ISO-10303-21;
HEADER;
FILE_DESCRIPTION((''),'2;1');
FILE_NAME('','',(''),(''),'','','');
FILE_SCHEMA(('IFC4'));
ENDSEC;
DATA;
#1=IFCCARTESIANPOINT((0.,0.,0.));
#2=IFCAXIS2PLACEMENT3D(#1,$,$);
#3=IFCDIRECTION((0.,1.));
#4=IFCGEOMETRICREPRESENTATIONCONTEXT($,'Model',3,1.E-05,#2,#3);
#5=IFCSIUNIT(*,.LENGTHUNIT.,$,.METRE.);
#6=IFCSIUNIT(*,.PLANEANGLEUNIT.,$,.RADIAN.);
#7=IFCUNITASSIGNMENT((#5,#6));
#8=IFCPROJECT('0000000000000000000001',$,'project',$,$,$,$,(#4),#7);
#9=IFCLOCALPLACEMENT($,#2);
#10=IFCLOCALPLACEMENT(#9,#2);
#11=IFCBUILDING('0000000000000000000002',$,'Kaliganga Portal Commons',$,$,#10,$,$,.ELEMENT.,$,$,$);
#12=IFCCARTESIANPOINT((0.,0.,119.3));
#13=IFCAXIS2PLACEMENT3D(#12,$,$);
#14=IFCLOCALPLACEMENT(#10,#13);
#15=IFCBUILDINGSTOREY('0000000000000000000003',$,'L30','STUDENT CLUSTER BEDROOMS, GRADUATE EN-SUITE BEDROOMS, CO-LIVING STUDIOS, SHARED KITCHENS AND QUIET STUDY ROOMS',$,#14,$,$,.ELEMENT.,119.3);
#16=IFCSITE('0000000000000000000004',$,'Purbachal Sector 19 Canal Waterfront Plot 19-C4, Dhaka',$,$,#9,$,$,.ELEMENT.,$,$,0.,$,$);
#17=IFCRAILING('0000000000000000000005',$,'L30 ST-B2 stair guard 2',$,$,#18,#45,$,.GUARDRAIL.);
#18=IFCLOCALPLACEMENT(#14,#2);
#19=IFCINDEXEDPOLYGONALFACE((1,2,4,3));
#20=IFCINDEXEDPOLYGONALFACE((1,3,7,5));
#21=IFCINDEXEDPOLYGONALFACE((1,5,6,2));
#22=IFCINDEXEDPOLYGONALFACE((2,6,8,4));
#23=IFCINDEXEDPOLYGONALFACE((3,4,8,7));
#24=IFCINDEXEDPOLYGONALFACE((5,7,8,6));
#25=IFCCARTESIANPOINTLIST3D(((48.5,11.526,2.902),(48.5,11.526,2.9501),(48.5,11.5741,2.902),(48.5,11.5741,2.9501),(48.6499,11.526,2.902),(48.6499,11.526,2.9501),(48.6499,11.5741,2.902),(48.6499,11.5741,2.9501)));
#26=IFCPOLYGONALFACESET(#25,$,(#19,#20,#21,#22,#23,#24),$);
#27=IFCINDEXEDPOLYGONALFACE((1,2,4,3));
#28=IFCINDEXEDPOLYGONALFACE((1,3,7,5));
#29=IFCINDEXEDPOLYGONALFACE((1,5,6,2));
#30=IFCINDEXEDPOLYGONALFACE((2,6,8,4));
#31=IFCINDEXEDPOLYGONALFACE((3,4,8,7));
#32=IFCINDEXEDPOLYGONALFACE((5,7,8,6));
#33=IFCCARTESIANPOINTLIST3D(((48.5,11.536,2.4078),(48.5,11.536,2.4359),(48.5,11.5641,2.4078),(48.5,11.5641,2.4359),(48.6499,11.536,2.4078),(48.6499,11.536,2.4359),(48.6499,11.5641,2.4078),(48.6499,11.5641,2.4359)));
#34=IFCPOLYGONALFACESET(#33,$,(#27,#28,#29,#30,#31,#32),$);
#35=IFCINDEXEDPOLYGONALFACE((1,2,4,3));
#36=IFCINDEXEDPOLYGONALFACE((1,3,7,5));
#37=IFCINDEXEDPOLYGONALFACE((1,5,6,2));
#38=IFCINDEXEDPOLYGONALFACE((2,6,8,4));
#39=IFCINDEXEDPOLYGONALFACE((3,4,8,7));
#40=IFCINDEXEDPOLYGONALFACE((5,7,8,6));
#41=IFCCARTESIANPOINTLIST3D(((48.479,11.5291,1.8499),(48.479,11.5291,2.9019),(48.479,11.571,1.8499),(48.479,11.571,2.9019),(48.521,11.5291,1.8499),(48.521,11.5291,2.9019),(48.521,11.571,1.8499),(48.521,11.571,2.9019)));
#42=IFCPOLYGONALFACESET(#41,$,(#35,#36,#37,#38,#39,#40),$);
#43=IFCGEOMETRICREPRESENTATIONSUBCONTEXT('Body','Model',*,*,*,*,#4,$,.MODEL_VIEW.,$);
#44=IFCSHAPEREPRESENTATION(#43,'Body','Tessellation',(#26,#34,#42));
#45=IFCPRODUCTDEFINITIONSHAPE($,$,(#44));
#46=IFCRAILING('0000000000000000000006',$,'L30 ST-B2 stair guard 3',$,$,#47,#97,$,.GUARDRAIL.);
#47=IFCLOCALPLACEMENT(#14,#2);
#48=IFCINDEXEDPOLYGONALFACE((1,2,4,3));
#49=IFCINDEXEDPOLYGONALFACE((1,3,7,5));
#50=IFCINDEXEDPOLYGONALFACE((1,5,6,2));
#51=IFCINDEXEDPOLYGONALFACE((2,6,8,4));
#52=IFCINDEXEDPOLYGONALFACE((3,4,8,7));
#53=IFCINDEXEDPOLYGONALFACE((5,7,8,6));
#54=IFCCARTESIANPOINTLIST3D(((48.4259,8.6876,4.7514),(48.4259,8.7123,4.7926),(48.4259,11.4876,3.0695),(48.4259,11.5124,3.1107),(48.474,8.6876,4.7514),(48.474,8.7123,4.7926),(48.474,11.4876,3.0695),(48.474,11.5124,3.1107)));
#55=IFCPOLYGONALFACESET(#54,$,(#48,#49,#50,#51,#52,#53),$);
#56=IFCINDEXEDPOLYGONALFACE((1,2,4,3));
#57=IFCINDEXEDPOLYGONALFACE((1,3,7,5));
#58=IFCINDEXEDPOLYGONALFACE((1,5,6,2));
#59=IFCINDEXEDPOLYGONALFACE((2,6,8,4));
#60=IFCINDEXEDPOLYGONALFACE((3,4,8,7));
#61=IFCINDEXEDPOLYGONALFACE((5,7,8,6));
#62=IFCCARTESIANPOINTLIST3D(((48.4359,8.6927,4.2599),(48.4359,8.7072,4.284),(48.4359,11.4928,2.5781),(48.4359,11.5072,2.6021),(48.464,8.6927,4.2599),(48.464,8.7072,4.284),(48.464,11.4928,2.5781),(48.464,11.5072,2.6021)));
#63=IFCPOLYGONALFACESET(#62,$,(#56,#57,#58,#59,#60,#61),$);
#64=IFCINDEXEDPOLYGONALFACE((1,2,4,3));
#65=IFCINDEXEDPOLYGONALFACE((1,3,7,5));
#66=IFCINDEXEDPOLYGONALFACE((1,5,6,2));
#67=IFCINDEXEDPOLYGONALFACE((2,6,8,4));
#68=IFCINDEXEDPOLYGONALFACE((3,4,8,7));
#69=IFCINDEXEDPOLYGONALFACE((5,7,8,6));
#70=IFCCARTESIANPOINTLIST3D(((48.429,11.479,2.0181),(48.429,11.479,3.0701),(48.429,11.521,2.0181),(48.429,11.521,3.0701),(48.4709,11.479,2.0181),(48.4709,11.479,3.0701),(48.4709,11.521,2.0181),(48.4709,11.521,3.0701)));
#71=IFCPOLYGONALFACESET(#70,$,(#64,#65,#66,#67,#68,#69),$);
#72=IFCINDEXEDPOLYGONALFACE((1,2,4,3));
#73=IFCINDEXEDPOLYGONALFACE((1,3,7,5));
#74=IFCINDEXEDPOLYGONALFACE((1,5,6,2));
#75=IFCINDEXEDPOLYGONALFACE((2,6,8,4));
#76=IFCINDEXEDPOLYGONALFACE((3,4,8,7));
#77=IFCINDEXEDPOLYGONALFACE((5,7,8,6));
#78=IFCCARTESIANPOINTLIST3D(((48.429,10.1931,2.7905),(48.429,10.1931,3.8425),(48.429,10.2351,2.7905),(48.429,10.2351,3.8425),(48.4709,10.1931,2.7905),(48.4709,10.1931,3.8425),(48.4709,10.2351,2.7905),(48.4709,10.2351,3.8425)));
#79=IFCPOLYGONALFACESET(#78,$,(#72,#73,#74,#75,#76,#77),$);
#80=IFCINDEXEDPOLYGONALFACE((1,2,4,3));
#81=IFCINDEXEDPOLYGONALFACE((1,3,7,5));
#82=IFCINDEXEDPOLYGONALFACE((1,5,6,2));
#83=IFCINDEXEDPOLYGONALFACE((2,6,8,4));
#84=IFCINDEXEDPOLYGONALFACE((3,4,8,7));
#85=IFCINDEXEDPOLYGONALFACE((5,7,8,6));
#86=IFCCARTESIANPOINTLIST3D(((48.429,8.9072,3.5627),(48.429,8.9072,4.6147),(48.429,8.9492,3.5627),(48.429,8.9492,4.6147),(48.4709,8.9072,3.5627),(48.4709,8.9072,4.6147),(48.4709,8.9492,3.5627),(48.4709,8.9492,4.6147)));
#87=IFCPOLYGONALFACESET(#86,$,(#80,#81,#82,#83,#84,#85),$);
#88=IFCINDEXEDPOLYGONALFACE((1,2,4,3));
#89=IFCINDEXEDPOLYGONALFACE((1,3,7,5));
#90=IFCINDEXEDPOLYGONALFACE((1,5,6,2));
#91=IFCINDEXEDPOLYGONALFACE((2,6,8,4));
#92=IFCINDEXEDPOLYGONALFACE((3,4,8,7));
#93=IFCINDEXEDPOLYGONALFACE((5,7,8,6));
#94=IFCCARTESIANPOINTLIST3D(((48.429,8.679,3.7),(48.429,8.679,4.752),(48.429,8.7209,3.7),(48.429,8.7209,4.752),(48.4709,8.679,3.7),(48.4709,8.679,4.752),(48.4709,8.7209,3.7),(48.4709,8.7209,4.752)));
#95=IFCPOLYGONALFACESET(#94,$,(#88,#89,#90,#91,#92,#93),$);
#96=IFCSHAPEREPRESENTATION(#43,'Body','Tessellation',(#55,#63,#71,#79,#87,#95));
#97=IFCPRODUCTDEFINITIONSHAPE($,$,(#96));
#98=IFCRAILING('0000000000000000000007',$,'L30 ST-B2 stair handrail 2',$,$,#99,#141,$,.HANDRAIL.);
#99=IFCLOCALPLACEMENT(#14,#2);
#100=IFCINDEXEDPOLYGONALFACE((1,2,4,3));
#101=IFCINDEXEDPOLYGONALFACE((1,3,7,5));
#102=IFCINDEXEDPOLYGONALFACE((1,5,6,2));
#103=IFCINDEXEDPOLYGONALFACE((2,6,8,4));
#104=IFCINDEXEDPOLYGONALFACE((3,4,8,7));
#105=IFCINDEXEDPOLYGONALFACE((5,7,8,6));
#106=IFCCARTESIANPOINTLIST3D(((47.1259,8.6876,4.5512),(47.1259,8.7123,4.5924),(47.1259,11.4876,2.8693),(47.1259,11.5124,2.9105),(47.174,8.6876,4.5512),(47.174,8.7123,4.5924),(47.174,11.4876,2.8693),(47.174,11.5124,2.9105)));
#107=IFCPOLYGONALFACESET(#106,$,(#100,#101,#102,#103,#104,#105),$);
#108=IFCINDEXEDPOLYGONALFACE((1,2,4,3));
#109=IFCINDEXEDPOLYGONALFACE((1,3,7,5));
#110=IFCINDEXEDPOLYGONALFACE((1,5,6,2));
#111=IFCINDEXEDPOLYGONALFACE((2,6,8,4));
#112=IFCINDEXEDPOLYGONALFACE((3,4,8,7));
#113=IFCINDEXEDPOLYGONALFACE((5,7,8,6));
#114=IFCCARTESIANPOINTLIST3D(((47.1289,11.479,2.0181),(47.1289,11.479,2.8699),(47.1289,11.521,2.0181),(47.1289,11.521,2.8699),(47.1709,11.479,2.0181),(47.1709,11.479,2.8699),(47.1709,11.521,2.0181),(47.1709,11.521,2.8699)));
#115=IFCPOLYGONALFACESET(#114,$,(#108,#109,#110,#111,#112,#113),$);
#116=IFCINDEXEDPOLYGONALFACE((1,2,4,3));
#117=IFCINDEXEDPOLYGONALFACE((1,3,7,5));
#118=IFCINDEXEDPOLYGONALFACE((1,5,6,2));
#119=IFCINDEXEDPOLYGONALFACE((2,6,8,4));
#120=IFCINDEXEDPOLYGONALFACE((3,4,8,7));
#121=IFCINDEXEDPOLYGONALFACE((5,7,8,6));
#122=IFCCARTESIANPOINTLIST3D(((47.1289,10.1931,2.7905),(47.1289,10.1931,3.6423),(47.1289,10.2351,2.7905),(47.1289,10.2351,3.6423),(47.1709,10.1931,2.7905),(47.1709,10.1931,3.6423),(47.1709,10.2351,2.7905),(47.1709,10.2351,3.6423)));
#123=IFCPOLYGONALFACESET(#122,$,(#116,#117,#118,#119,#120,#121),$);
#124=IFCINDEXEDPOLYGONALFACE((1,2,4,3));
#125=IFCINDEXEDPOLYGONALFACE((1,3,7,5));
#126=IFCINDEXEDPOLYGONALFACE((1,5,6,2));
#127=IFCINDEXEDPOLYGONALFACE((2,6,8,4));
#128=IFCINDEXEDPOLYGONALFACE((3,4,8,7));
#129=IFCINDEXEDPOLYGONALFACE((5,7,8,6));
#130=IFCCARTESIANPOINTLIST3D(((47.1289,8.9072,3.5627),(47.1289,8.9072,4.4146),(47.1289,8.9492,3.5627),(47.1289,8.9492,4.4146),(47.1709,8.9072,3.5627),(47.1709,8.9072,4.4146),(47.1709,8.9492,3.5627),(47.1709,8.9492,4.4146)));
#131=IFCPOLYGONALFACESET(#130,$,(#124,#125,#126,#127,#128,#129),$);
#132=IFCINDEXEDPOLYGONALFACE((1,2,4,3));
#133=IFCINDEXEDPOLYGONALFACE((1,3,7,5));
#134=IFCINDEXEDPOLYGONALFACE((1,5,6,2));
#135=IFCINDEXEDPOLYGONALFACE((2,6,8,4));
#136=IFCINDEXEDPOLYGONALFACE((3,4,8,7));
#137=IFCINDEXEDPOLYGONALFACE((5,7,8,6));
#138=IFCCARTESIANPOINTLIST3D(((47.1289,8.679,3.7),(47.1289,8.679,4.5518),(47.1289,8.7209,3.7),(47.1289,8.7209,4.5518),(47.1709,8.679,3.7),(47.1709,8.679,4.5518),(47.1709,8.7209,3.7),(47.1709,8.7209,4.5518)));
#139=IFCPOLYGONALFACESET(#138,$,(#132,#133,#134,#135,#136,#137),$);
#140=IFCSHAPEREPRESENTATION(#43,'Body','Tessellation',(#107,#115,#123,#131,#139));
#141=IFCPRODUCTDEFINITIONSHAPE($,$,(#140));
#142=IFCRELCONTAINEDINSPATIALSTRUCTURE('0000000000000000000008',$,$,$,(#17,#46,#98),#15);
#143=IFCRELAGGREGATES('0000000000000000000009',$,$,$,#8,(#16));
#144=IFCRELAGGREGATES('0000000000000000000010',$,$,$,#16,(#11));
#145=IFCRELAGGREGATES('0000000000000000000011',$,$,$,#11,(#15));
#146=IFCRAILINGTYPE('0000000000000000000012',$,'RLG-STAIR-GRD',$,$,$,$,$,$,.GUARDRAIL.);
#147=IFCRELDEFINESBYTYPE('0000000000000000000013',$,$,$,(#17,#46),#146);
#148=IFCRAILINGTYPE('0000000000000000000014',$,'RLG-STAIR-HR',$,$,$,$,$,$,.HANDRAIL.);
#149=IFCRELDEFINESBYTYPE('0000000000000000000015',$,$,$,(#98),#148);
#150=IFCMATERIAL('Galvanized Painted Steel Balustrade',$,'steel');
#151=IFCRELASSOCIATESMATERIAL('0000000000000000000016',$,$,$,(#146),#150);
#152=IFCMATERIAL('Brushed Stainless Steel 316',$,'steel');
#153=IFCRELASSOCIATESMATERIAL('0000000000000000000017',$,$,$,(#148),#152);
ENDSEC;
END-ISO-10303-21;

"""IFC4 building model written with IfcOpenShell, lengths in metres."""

from ifc_helpers import new_model, si_unit, direction, frame, origin, origin_2d, place, context, subcontext, project, spatial, rectangle, extrude, material, type_object, element, save


model = new_model("IFC4")

# Units and contexts
model_context = context("Model", 3, precision=1e-05, world=origin(), true_north=direction((0.0, 1.0)))
body_context = subcontext(model_context, "Body", "Model", "MODEL_VIEW")
ifc_project = project(units=[si_unit("LENGTHUNIT", "METRE"), si_unit("PLANEANGLEUNIT", "RADIAN")], contexts=[model_context])

# Site, building, storey
site_placement = place(None, origin())
site = spatial("IfcSite", under=ifc_project, at=site_placement, Name="Purbachal Sector 19 Canal Waterfront Plot 19-C4, Dhaka", CompositionType="ELEMENT", RefElevation=0.0)
building_placement = place(site_placement, origin())
building = spatial("IfcBuilding", under=site, at=building_placement, Name="Kaliganga Portal Commons", CompositionType="ELEMENT")
storey_placement = place(building_placement, frame((0.0, 0.0, 119.3)))
storey = spatial("IfcBuildingStorey", under=building, at=storey_placement, Name="L30", Description="STUDENT CLUSTER BEDROOMS, GRADUATE EN-SUITE BEDROOMS, CO-LIVING STUDIOS, SHARED KITCHENS AND QUIET STUDY ROOMS", CompositionType="ELEMENT", Elevation=119.3)

# Railings
ifc_material_1 = material(Name="Galvanized Painted Steel Balustrade", Category="steel")
railing_type_1 = type_object("IfcRailingType", Name="RLG-STAIR-GRD", PredefinedType="GUARDRAIL", material=ifc_material_1)
railing_1_placement = place(storey_placement, frame((48.6499, 11.55, 1.8499)))
element("IfcRailing", 1, at=railing_1_placement, inside=storey, type_object=railing_type_1, Name="L30 ST-B2 stair guard 2", PredefinedType="GUARDRAIL", context=body_context, shape_type="SweptSolid", body=[
    extrude(rectangle(XDim=0.0481, YDim=0.0481, at=origin_2d()), frame((0.0, 0.0, 1.0762), z_axis=(-1.0, 0.0, 0.0), x_axis=(0.0, -1.0, 0.0)), (0.0, 0.0, 1.0), 0.1499),
    extrude(rectangle(XDim=0.0281, YDim=0.0281, at=origin_2d()), frame((0.0, 0.0, 0.572), z_axis=(-1.0, 0.0, 0.0), x_axis=(0.0, -1.0, 0.0)), (0.0, 0.0, 1.0), 0.1499),
    extrude(rectangle(XDim=0.042, YDim=0.042, at=origin_2d()), frame((-0.1499, 0.0, 0.0)), (0.0, 0.0, 1.0), 1.052),
])
railing_2_placement = place(storey_placement, frame((48.45, 11.5, 2.0181)))
element("IfcRailing", 2, at=railing_2_placement, inside=storey, type_object=railing_type_1, Name="L30 ST-B2 stair guard 3", PredefinedType="GUARDRAIL", context=body_context, shape_type="SweptSolid", body=[
    extrude(rectangle(XDim=0.0481, YDim=0.0481, at=origin_2d()), frame((0.0, 0.0, 1.072), z_axis=(0.0, -0.857242, 0.514913), x_axis=(1.0, 0.0, 0.0)), (0.0, 0.0, 1.0), 3.2664),
    extrude(rectangle(XDim=0.0281, YDim=0.0281, at=origin_2d()), frame((0.0, 0.0, 0.572), z_axis=(0.0, -0.857242, 0.514913), x_axis=(1.0, 0.0, 0.0)), (0.0, 0.0, 1.0), 3.2664),
    extrude(rectangle(XDim=0.042, YDim=0.042, at=origin_2d()), origin(), (0.0, 0.0, 1.0), 1.052),
    extrude(rectangle(XDim=0.042, YDim=0.042, at=origin_2d()), frame((0.0, -1.2859, 0.7725)), (0.0, 0.0, 1.0), 1.052),
    extrude(rectangle(XDim=0.042, YDim=0.042, at=origin_2d()), frame((0.0, -2.5718, 1.5447)), (0.0, 0.0, 1.0), 1.052),
    extrude(rectangle(XDim=0.042, YDim=0.042, at=origin_2d()), frame((0.0, -2.8, 1.6819)), (0.0, 0.0, 1.0), 1.052),
])
ifc_material_2 = material(Name="Brushed Stainless Steel 316", Category="steel")
railing_type_2 = type_object("IfcRailingType", Name="RLG-STAIR-HR", PredefinedType="HANDRAIL", material=ifc_material_2)
railing_3_placement = place(storey_placement, frame((47.1499, 11.5, 2.0181)))
element("IfcRailing", 3, at=railing_3_placement, inside=storey, type_object=railing_type_2, Name="L30 ST-B2 stair handrail 2", PredefinedType="HANDRAIL", context=body_context, shape_type="SweptSolid", body=[
    extrude(rectangle(XDim=0.0481, YDim=0.0481, at=origin_2d()), frame((0.0, 0.0, 0.8718), z_axis=(0.0, -0.857242, 0.514913), x_axis=(1.0, 0.0, 0.0)), (0.0, 0.0, 1.0), 3.2664),
    extrude(rectangle(XDim=0.042, YDim=0.042, at=origin_2d()), origin(), (0.0, 0.0, 1.0), 0.8518),
    extrude(rectangle(XDim=0.042, YDim=0.042, at=origin_2d()), frame((0.0, -1.2859, 0.7725)), (0.0, 0.0, 1.0), 0.8518),
    extrude(rectangle(XDim=0.042, YDim=0.042, at=origin_2d()), frame((0.0, -2.5718, 1.5447)), (0.0, 0.0, 1.0), 0.8518),
    extrude(rectangle(XDim=0.042, YDim=0.042, at=origin_2d()), frame((0.0, -2.8, 1.6819)), (0.0, 0.0, 1.0), 0.8518),
])

save(model, "model.ifc")
